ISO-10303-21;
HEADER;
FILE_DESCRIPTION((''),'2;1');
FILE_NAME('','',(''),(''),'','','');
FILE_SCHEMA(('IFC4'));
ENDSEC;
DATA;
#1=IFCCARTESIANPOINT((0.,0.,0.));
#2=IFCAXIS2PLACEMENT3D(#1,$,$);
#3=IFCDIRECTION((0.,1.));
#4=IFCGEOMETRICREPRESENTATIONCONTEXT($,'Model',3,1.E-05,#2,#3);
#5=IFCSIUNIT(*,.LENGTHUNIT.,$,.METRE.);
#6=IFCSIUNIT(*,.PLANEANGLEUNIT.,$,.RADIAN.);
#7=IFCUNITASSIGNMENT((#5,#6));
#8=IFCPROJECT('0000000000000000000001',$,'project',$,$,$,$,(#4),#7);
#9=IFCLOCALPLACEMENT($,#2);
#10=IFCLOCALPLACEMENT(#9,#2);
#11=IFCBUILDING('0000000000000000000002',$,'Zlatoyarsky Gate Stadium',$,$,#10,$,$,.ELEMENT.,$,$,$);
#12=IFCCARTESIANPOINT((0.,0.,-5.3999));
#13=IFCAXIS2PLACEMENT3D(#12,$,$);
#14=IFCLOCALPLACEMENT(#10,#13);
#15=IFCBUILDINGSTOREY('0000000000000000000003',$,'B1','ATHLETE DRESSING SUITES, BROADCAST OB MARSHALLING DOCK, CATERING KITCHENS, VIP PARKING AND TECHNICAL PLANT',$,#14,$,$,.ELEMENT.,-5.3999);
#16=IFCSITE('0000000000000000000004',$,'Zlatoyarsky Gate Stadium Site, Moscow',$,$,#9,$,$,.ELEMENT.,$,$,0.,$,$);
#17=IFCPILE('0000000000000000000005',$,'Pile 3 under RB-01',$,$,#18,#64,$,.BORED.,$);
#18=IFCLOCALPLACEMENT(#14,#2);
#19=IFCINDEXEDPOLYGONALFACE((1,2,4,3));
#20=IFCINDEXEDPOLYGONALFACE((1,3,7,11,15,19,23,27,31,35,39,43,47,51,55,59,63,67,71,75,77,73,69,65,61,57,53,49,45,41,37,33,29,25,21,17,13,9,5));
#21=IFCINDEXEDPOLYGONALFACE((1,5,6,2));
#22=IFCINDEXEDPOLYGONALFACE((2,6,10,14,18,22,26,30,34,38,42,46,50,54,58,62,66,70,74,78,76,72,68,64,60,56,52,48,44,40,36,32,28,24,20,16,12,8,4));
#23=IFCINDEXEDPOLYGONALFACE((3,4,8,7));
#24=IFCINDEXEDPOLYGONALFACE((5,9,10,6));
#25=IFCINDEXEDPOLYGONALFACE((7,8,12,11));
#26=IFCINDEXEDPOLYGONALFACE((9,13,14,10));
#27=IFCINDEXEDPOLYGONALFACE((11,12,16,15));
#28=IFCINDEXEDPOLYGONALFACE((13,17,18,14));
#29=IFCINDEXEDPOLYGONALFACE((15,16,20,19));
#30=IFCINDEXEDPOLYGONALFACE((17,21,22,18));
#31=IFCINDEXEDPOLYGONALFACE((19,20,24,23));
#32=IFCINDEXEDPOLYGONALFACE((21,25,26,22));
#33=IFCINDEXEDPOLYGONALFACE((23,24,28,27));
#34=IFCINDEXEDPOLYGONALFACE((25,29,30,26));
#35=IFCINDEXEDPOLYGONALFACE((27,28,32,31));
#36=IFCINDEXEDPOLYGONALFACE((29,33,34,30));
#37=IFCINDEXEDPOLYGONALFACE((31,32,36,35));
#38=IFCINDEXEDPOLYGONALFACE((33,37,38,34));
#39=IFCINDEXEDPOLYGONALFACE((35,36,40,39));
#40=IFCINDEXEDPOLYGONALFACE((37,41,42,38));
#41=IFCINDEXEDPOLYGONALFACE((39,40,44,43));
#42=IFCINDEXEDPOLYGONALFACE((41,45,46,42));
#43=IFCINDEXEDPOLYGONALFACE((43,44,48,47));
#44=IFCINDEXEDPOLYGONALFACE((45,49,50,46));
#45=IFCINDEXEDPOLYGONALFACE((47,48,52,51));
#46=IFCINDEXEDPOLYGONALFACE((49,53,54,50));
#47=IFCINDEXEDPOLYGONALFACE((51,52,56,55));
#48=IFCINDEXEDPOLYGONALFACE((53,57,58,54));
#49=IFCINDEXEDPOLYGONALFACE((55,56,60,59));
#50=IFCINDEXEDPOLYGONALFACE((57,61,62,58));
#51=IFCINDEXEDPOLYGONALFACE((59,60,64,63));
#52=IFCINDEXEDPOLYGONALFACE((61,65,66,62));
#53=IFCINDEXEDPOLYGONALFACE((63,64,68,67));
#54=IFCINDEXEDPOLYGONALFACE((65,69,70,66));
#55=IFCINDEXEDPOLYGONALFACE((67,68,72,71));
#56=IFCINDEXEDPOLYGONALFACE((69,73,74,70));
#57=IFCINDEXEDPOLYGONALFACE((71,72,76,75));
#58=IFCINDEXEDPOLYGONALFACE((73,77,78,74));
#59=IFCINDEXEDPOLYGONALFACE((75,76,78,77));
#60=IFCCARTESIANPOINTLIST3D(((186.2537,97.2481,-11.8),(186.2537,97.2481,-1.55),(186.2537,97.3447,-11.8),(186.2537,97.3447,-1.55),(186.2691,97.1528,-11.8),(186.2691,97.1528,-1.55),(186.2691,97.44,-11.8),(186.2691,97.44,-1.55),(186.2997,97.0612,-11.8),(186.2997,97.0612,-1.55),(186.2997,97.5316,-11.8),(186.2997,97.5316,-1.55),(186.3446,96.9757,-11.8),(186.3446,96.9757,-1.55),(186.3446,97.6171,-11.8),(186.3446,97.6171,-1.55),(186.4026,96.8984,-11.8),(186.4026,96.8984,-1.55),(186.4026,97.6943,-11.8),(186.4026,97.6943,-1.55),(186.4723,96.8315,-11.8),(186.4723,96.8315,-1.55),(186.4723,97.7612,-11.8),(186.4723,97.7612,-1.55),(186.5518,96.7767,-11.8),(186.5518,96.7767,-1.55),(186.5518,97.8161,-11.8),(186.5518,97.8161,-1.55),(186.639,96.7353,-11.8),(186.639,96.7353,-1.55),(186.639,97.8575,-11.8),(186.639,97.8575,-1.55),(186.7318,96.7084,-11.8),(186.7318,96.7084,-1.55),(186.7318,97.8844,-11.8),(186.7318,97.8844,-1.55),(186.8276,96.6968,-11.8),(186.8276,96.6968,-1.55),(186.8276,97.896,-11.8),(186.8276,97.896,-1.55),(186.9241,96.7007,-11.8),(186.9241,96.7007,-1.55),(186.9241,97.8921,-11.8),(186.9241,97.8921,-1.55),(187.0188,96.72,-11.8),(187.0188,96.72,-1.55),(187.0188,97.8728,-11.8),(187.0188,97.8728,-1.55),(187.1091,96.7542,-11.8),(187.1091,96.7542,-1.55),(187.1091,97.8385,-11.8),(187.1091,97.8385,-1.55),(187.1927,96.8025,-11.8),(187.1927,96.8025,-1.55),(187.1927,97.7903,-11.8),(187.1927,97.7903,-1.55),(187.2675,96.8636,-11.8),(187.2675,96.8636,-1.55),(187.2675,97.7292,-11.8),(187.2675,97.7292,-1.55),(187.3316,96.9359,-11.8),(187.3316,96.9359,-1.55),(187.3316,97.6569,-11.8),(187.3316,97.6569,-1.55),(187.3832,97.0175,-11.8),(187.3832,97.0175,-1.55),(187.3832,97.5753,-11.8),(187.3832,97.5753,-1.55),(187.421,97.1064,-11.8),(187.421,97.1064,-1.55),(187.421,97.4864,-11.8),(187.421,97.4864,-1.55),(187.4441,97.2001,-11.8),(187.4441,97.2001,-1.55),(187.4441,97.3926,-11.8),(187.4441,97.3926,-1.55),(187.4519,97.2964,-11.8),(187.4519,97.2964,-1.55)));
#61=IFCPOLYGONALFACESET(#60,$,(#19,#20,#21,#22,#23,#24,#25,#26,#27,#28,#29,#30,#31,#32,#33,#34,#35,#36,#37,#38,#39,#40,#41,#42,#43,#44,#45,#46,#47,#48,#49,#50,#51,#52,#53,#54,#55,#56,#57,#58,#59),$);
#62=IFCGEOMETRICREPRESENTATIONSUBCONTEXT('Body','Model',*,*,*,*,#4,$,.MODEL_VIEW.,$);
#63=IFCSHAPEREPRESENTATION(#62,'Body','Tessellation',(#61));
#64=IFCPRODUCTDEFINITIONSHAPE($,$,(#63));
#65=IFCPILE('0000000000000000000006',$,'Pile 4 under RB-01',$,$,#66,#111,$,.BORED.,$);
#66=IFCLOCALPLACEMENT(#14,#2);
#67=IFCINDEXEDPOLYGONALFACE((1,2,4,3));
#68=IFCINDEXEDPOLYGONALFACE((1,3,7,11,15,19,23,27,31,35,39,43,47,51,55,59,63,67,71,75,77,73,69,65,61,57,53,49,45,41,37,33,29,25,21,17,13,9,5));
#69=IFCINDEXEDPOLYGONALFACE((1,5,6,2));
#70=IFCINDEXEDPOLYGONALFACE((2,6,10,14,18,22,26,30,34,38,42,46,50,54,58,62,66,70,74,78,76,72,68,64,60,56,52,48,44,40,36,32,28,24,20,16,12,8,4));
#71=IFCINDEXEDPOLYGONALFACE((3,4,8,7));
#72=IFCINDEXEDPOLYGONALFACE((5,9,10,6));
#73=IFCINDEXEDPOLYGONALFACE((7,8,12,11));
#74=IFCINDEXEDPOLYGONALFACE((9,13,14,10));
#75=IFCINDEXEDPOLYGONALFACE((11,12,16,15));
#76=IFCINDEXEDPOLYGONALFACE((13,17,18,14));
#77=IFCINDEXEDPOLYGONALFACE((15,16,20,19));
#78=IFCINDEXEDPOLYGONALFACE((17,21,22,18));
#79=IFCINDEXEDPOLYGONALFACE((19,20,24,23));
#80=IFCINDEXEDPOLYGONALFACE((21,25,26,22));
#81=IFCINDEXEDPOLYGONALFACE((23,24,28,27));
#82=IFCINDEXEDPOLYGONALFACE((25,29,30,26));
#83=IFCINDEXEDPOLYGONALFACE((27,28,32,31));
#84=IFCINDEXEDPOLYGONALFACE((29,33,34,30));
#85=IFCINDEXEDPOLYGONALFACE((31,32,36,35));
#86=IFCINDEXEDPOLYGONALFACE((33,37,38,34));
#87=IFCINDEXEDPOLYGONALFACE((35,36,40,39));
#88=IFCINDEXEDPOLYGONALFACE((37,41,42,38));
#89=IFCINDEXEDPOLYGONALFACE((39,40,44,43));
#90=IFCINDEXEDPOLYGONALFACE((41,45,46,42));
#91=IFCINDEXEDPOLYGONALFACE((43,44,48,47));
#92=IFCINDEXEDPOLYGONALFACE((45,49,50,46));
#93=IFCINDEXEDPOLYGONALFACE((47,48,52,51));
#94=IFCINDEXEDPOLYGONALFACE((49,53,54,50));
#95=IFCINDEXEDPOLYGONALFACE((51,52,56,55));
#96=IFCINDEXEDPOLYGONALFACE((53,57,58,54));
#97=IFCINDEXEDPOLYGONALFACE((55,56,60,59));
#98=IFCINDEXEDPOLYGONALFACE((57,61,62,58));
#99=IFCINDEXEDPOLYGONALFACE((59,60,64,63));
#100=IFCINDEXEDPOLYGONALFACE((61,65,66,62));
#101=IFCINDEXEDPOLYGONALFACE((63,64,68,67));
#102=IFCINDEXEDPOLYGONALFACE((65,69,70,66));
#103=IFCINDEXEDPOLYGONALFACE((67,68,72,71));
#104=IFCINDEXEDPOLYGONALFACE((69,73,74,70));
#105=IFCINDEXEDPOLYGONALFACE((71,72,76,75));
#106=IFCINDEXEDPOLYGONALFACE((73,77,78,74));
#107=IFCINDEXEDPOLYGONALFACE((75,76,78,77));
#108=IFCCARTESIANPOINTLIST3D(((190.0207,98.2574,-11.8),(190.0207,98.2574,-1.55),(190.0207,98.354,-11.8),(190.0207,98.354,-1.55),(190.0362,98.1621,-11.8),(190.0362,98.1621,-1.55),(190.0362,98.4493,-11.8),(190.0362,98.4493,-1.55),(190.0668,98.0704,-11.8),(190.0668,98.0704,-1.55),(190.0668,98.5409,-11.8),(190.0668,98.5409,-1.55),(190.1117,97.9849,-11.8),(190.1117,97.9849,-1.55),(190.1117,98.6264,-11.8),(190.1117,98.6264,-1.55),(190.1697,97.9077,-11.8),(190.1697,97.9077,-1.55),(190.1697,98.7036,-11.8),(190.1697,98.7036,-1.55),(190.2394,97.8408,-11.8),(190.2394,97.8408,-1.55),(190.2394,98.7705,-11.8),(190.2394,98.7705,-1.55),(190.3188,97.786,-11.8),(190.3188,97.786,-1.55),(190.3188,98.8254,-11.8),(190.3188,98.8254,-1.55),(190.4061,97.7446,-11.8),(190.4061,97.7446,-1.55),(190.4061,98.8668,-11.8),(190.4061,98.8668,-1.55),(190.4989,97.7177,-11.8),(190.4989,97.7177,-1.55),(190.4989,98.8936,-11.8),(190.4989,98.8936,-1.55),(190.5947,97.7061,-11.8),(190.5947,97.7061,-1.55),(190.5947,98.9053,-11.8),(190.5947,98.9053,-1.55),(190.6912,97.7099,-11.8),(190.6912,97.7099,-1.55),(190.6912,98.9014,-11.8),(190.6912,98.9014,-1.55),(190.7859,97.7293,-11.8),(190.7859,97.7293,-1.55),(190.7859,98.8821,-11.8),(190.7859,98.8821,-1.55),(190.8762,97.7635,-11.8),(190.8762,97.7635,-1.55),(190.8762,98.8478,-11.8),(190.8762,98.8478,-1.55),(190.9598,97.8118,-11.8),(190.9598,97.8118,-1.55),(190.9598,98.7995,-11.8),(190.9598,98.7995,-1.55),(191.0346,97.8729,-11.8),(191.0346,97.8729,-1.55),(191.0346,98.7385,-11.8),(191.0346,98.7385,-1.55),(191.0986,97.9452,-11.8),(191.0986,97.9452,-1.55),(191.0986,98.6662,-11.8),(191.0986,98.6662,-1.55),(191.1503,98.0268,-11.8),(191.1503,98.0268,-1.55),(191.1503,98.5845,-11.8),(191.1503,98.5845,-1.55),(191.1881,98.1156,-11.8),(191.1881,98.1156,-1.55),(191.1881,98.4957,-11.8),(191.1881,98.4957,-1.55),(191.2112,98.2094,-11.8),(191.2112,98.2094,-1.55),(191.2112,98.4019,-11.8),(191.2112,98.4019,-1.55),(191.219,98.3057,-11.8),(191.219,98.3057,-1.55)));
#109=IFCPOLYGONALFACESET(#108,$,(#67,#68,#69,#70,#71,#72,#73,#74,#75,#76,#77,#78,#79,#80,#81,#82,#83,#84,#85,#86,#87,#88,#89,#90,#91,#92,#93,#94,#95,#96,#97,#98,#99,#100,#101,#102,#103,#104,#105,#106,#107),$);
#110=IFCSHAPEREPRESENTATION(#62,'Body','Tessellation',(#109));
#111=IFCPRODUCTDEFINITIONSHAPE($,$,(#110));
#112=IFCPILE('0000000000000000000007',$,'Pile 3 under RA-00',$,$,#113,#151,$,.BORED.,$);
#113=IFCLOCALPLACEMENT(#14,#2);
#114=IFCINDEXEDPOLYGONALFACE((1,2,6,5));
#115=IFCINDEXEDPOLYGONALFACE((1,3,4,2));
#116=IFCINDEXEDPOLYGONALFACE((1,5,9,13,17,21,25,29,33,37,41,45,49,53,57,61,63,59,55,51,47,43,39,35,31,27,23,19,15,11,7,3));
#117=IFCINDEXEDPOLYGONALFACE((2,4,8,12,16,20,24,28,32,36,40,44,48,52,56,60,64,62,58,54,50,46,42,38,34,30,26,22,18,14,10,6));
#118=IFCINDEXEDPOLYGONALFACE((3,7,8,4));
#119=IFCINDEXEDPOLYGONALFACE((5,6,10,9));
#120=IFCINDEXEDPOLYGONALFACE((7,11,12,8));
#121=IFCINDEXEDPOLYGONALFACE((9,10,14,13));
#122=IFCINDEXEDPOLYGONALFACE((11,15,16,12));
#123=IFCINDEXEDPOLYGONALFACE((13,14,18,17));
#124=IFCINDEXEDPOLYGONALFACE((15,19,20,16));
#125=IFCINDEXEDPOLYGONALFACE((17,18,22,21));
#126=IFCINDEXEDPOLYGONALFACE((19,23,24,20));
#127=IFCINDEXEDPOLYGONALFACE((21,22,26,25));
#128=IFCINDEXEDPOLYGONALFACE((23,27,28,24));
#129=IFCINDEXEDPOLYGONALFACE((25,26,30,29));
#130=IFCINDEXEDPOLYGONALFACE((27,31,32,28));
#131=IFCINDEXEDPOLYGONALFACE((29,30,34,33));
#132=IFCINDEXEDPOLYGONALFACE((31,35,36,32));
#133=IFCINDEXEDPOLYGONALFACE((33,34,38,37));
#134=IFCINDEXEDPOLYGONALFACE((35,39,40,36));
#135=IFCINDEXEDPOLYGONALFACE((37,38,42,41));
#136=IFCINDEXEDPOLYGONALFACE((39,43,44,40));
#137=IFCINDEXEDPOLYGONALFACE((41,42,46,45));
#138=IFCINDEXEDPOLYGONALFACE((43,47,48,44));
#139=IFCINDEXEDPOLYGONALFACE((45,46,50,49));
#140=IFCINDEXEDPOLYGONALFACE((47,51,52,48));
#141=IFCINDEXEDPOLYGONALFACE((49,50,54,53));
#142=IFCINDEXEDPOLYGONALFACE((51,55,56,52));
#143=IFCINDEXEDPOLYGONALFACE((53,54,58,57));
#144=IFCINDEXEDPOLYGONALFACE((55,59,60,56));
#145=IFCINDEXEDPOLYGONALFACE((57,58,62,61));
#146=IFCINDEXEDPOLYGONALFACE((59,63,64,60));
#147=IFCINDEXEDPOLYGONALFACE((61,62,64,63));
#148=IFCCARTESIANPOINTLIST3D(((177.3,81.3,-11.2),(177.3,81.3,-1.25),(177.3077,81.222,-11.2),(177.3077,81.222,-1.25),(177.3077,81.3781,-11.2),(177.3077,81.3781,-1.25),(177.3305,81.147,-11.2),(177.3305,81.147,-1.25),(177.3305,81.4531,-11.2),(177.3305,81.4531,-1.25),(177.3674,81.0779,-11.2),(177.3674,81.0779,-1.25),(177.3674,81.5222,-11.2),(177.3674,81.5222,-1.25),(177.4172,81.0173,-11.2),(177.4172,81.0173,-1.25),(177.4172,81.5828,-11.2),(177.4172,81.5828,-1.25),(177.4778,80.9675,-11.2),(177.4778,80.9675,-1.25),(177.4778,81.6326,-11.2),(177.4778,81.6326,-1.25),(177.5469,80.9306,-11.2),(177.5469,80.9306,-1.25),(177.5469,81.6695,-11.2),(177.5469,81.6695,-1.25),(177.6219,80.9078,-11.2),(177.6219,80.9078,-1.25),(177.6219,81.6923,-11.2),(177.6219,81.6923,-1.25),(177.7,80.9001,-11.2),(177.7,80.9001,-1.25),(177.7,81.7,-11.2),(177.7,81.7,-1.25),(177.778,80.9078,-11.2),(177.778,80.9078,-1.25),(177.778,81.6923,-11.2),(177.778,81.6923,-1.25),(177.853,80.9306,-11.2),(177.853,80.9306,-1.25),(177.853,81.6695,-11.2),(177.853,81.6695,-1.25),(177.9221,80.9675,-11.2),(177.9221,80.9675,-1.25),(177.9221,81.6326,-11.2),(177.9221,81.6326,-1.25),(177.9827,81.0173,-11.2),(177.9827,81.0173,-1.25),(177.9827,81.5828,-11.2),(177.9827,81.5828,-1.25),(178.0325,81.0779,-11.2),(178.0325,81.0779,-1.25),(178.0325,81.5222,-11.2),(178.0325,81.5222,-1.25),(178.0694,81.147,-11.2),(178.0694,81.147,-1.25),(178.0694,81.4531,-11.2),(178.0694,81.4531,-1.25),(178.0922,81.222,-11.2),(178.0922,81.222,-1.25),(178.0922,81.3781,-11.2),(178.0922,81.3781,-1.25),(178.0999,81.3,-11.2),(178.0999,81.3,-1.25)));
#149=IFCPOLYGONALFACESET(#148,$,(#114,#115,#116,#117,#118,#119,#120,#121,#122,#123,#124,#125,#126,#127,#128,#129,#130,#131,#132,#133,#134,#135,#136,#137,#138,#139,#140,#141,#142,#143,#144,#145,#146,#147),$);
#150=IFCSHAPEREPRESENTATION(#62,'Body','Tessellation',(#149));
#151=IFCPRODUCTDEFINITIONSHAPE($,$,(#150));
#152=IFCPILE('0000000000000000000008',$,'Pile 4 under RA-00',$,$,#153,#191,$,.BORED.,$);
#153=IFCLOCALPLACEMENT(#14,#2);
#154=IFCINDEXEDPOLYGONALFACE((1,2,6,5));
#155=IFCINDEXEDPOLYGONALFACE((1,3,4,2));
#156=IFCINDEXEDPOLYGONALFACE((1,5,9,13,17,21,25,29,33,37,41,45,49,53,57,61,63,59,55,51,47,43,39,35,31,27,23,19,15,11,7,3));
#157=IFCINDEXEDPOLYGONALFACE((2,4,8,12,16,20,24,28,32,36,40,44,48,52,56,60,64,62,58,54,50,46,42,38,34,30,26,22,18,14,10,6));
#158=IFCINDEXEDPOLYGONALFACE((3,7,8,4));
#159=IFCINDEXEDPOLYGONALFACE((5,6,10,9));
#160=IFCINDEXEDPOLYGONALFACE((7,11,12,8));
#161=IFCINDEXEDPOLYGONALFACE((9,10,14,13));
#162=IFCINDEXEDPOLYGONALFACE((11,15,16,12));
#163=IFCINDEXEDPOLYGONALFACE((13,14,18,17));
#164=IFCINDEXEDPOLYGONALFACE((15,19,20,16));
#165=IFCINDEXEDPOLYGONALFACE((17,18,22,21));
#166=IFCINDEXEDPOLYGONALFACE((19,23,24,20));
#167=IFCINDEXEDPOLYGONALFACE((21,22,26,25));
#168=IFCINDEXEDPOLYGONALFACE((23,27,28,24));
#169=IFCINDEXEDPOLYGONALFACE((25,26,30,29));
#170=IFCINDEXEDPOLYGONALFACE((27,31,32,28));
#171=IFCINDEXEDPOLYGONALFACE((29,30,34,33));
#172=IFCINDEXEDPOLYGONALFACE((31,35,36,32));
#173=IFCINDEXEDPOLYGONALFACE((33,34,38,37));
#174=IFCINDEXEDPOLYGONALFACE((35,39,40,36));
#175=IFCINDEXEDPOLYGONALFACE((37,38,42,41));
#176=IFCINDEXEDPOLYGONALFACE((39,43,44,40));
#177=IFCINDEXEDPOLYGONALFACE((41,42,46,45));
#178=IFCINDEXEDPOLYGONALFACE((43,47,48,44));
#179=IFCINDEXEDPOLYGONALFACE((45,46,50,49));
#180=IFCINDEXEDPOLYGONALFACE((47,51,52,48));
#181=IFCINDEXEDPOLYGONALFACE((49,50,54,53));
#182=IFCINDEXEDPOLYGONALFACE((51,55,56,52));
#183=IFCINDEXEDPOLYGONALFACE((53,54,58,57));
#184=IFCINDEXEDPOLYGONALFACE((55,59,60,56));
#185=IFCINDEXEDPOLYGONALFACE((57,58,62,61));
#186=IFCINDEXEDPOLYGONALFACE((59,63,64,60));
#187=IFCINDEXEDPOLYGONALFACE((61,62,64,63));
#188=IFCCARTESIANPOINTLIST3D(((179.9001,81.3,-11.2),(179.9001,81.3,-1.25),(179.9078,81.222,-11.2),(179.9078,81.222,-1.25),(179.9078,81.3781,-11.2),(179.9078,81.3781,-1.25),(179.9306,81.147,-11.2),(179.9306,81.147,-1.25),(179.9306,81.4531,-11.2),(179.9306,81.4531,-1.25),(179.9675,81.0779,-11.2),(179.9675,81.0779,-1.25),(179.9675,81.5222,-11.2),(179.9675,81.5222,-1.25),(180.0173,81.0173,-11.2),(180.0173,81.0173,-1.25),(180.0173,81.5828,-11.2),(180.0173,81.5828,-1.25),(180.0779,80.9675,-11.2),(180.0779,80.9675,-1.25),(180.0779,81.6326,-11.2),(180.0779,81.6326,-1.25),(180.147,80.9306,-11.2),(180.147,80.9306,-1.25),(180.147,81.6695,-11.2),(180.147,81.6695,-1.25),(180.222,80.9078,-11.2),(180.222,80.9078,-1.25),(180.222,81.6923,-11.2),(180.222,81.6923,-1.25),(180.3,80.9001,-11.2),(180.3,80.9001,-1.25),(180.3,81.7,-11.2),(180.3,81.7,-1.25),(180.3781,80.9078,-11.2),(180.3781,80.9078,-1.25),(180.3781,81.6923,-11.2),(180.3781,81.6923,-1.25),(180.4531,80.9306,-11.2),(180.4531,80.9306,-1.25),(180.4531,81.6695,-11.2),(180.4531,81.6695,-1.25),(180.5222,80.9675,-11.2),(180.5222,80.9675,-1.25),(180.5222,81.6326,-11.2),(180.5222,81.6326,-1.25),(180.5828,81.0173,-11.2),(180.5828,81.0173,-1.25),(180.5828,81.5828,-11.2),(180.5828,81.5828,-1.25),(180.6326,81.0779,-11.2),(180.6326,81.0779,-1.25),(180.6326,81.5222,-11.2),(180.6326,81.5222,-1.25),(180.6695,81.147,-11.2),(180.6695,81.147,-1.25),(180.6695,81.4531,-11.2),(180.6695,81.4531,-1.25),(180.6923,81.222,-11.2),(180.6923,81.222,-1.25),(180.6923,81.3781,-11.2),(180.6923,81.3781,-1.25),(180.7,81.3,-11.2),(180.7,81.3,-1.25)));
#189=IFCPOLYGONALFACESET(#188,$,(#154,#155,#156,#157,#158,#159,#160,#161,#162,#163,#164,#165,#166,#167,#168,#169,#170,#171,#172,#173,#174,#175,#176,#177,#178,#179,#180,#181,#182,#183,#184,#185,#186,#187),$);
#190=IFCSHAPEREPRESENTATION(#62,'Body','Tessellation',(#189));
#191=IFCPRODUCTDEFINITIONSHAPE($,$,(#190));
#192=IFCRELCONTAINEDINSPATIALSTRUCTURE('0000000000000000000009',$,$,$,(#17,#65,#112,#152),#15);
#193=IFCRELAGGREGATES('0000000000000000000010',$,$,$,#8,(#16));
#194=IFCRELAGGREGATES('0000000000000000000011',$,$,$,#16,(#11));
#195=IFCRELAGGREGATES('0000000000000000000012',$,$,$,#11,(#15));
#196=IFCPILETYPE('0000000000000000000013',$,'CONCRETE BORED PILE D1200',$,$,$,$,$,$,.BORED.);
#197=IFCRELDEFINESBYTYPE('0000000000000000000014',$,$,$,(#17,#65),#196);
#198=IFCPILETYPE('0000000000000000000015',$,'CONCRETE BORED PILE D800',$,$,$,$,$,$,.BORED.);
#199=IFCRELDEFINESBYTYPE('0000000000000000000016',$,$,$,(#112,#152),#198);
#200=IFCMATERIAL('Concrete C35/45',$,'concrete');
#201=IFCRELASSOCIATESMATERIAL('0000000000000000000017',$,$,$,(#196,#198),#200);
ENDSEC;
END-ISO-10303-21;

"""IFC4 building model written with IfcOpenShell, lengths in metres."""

from ifc_helpers import new_model, si_unit, direction, frame, origin, origin_2d, place, context, subcontext, project, spatial, circle, extrude, material, material_profile, profile_set, type_object, element, save


model = new_model("IFC4")

# Units and contexts
model_context = context("Model", 3, precision=1e-05, world=origin(), true_north=direction((0.0, 1.0)))
body_context = subcontext(model_context, "Body", "Model", "MODEL_VIEW")
ifc_project = project(units=[si_unit("LENGTHUNIT", "METRE"), si_unit("PLANEANGLEUNIT", "RADIAN")], contexts=[model_context])

# Site, building, storey
site_placement = place(None, origin())
site = spatial("IfcSite", under=ifc_project, at=site_placement, Name="Zlatoyarsky Gate Stadium Site, Moscow", CompositionType="ELEMENT", RefElevation=0.0)
building_placement = place(site_placement, origin())
building = spatial("IfcBuilding", under=site, at=building_placement, Name="Zlatoyarsky Gate Stadium", CompositionType="ELEMENT")
storey_placement = place(building_placement, frame((0.0, 0.0, -5.3999)))
storey = spatial("IfcBuildingStorey", under=building, at=storey_placement, Name="B1", Description="ATHLETE DRESSING SUITES, BROADCAST OB MARSHALLING DOCK, CATERING KITCHENS, VIP PARKING AND TECHNICAL PLANT", CompositionType="ELEMENT", Elevation=-5.3999)

# Piles
ifc_material_1 = material(Name="Concrete C35/45", Category="concrete")
ifc_material_profile_1 = material_profile(ifc_material_1, circle(Radius=0.6001, at=origin_2d()), Name="BORED PILE D1200")
ifc_profile_set_1 = profile_set([ifc_material_profile_1], Name="Concrete C35/45")
pile_type_1 = type_object("IfcPileType", Name="CONCRETE BORED PILE D1200", PredefinedType="BORED", material=ifc_profile_set_1)
for number, where, z_axis, x_axis, name in (
    (1, (186.8518, 97.2964, -1.55), (0.0, 0.0, -1.0), (1.0, 0.0, 0.0), "Pile 3 under RB-01"),
    (2, (190.6189, 98.3057, -1.55), (0.0, 0.0, -1.0), (1.0, 0.0, 0.0), "Pile 4 under RB-01"),
):
    element("IfcPile", number, at=place(storey_placement, frame(where, z_axis=z_axis, x_axis=x_axis)), inside=storey, type_object=pile_type_1, Name=name, PredefinedType="BORED", context=body_context, shape_type="SweptSolid", body=[
        extrude(circle(Radius=0.6001, at=origin_2d()), origin(), (0.0, 0.0, 1.0), 10.25),
    ])
ifc_material_profile_2 = material_profile(ifc_material_1, circle(Radius=0.3999, at=origin_2d()), Name="BORED PILE D800")
ifc_profile_set_2 = profile_set([ifc_material_profile_2], Name="Concrete C35/45")
pile_type_2 = type_object("IfcPileType", Name="CONCRETE BORED PILE D800", PredefinedType="BORED", material=ifc_profile_set_2)
for number, where, z_axis, x_axis, name in (
    (3, (177.7, 81.3, -1.25), (0.0, 0.0, -1.0), (1.0, 0.0, 0.0), "Pile 3 under RA-00"),
    (4, (180.3, 81.3, -1.25), (0.0, 0.0, -1.0), (1.0, 0.0, 0.0), "Pile 4 under RA-00"),
):
    element("IfcPile", number, at=place(storey_placement, frame(where, z_axis=z_axis, x_axis=x_axis)), inside=storey, type_object=pile_type_2, Name=name, PredefinedType="BORED", context=body_context, shape_type="SweptSolid", body=[
        extrude(circle(Radius=0.3999, at=origin_2d()), origin(), (0.0, 0.0, 1.0), 9.95),
    ])

save(model, "model.ifc")
